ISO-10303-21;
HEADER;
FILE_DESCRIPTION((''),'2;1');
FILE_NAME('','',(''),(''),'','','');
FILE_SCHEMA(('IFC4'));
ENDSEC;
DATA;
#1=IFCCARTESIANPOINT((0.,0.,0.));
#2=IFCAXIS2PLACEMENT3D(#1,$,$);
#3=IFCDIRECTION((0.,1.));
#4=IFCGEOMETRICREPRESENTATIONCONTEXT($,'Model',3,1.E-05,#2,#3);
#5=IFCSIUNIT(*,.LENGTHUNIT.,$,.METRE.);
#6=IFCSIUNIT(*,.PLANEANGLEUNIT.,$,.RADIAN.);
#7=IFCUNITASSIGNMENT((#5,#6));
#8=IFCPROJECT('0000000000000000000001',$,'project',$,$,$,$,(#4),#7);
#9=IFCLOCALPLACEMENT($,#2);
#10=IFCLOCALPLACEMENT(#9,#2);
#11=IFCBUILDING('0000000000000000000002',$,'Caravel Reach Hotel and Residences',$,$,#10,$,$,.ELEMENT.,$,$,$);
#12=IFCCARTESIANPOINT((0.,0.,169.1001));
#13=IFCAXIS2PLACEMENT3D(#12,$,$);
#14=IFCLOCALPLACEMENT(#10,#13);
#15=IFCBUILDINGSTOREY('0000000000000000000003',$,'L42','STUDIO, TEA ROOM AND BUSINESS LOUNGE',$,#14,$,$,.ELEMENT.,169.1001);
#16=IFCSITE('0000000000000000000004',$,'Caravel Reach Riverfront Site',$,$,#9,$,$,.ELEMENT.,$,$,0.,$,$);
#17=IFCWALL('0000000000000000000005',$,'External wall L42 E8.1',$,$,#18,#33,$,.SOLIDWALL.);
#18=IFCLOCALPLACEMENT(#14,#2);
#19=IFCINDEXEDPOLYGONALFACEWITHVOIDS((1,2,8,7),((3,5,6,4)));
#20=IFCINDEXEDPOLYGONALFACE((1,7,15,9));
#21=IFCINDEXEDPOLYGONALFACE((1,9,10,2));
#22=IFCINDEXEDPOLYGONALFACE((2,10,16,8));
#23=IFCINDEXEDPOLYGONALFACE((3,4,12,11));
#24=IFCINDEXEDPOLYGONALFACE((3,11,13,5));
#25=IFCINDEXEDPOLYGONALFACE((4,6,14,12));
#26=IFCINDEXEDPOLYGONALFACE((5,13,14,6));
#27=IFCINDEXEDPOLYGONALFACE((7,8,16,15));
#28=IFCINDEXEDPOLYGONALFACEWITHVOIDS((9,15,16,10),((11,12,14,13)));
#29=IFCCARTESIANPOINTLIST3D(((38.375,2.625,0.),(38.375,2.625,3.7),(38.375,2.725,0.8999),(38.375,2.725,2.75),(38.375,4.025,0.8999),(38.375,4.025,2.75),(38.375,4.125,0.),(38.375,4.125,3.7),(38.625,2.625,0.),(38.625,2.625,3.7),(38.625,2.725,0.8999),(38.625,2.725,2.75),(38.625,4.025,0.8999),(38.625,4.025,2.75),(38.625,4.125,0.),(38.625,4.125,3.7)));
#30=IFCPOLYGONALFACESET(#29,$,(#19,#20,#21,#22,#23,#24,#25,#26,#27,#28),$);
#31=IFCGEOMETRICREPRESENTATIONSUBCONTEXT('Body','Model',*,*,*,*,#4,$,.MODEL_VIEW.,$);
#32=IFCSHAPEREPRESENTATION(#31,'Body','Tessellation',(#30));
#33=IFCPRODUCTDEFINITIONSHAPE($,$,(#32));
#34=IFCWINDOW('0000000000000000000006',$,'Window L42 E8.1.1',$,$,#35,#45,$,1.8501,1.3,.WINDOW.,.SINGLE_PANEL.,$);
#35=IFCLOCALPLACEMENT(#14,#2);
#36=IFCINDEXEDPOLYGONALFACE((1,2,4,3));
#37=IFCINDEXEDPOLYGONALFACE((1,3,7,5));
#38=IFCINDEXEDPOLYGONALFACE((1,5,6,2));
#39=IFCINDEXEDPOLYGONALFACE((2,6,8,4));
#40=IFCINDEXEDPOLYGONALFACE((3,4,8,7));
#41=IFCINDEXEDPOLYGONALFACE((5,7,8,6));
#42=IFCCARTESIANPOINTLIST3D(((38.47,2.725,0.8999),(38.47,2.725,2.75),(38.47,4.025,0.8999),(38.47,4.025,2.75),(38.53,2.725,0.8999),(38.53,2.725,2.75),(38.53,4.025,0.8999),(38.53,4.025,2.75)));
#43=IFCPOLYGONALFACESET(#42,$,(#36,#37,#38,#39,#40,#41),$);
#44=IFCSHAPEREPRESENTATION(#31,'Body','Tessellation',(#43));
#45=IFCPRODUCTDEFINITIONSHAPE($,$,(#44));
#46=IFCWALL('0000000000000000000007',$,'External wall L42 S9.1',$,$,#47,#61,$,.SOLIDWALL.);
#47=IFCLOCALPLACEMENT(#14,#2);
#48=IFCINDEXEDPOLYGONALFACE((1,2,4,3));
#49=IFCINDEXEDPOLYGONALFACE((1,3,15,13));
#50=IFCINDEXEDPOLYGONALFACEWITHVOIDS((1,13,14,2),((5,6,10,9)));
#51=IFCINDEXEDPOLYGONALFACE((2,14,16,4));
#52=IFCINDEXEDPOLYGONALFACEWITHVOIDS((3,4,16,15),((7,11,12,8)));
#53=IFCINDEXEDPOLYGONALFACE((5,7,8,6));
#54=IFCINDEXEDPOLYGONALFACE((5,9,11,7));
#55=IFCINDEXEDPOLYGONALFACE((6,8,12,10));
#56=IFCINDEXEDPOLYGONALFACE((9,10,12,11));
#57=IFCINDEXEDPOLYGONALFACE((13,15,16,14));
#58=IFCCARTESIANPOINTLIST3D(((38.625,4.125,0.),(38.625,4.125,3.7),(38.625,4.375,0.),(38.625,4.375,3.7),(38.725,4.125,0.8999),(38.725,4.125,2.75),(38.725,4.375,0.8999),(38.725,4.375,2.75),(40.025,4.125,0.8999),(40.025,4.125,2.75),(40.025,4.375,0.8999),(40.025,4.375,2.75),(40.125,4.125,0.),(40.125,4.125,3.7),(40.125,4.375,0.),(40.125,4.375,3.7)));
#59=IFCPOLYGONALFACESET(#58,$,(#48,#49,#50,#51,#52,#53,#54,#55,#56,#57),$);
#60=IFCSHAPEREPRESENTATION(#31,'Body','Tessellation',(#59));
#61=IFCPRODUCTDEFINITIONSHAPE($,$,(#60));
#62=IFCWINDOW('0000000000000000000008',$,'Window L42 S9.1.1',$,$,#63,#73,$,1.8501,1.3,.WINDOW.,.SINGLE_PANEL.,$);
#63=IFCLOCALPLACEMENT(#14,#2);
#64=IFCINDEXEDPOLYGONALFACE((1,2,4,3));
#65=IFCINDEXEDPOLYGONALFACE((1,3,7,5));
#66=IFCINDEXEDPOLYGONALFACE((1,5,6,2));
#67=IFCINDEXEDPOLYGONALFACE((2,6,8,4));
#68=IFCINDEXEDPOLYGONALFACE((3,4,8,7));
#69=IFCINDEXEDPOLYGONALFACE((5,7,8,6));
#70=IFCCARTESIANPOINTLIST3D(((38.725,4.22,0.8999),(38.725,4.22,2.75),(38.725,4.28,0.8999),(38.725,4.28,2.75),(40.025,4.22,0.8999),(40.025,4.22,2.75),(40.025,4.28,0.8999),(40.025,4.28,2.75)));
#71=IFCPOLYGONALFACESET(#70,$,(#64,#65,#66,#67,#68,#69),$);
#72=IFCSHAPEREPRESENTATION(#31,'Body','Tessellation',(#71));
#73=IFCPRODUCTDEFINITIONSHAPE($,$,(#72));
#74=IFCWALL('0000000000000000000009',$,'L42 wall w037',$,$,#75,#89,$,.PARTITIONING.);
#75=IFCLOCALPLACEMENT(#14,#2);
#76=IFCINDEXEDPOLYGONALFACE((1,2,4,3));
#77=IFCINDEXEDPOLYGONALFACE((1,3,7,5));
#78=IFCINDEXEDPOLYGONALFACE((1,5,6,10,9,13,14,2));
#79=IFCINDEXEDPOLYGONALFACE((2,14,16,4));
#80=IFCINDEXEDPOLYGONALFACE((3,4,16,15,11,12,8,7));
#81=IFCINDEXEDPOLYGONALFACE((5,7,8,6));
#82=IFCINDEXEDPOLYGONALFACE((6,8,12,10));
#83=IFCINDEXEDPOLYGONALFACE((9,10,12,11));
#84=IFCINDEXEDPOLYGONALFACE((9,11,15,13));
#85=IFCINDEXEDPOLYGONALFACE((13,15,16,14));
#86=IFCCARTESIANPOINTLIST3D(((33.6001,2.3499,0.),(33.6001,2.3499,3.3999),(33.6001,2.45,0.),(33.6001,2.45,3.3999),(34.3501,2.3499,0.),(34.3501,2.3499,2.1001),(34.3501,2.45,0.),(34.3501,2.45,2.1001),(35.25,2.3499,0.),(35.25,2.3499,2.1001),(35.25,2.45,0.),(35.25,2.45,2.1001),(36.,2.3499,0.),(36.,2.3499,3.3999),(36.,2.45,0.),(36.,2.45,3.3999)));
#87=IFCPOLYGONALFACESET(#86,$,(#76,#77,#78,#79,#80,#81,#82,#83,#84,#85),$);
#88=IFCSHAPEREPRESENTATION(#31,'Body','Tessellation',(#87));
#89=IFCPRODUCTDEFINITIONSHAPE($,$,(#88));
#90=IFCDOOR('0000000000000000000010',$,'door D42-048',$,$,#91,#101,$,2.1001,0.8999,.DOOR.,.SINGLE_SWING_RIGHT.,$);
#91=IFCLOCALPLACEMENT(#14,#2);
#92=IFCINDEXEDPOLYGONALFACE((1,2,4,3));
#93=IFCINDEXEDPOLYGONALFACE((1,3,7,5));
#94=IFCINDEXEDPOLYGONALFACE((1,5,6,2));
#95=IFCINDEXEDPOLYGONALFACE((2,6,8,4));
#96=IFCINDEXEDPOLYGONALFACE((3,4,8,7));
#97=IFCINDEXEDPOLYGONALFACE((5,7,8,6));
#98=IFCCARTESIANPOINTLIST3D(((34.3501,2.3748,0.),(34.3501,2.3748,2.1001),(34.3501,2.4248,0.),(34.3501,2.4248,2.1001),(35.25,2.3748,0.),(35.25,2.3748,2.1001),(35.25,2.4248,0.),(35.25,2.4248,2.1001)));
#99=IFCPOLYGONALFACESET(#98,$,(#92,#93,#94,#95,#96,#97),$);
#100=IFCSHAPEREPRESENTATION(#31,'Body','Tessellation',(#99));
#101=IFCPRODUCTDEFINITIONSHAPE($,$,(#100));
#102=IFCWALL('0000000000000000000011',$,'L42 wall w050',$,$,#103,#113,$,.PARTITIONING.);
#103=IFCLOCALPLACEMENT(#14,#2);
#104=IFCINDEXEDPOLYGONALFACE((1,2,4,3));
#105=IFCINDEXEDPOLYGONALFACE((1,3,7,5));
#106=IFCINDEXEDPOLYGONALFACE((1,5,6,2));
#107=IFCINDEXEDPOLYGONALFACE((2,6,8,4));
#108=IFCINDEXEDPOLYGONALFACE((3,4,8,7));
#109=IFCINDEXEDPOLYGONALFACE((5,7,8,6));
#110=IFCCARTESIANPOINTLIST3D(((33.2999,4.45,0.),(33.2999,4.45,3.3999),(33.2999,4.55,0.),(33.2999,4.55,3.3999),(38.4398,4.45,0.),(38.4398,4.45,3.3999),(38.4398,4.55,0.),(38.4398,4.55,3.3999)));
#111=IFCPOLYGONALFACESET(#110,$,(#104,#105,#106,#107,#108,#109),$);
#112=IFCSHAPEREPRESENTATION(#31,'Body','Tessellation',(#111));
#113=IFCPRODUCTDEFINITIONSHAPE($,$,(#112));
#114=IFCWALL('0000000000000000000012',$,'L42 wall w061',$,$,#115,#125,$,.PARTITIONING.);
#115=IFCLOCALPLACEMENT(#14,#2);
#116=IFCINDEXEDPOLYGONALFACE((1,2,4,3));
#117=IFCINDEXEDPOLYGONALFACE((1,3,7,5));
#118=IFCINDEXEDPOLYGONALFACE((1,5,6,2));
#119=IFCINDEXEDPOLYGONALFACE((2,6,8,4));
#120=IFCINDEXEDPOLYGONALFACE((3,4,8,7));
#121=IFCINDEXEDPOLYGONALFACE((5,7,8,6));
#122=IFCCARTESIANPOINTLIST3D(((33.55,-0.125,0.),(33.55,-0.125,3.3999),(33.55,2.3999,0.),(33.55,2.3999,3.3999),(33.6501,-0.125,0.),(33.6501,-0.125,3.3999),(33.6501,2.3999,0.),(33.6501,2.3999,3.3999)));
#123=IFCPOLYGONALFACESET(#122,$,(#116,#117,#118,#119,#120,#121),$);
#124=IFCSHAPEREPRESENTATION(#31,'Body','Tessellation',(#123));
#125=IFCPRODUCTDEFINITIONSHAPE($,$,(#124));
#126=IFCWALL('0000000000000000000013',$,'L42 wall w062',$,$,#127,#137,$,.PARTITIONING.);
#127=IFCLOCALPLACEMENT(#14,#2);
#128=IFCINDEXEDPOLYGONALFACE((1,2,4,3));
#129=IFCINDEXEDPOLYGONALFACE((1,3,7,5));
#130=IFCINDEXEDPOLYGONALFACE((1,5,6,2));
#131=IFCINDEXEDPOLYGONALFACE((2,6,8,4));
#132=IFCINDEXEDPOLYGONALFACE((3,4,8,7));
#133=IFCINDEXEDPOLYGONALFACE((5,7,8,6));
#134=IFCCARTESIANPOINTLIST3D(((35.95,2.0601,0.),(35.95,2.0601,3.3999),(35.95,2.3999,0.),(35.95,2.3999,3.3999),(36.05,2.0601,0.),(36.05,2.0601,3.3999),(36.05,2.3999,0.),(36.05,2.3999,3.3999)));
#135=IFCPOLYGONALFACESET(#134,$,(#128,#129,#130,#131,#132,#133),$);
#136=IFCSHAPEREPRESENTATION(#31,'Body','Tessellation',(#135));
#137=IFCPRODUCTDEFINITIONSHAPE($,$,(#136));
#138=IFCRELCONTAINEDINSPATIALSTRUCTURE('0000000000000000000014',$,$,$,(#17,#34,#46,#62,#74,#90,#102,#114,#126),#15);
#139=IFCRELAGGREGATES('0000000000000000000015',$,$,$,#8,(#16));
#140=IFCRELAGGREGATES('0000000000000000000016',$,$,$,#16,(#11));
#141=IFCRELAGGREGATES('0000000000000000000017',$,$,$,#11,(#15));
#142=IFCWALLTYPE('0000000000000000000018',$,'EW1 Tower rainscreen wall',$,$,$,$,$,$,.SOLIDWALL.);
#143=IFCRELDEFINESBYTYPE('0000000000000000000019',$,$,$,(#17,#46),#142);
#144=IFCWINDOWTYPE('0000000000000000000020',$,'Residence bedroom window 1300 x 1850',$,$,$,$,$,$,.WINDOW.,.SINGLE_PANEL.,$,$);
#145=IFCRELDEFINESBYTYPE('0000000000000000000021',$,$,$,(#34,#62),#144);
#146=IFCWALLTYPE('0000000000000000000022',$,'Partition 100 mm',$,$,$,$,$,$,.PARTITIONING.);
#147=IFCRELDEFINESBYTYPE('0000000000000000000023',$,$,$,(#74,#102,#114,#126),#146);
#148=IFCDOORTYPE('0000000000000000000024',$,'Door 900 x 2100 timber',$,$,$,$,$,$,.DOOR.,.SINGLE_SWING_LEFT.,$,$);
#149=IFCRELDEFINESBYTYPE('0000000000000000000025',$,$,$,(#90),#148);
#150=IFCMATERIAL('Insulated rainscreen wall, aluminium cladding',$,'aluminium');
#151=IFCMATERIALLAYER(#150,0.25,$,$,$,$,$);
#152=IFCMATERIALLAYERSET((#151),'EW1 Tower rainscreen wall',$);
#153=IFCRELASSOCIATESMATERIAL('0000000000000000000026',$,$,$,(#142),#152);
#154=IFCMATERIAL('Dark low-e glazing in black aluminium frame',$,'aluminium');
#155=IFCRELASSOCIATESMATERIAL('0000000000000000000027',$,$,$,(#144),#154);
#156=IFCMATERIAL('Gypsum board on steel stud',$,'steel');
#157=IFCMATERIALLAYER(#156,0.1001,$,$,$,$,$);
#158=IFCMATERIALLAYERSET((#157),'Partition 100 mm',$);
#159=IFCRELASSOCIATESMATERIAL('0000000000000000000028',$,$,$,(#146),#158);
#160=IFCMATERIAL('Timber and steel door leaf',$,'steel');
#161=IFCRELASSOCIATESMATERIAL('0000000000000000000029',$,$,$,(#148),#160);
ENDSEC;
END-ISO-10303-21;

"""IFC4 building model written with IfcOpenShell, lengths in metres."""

from ifc_helpers import new_model, si_unit, direction, frame, frame_2d, origin, place, context, subcontext, project, spatial, rectangle, extrude, material, layer, layer_set, type_object, element, fill, save


model = new_model("IFC4")

# Units and contexts
model_context = context("Model", 3, precision=1e-05, world=origin(), true_north=direction((0.0, 1.0)))
body_context = subcontext(model_context, "Body", "Model", "MODEL_VIEW")
ifc_project = project(units=[si_unit("LENGTHUNIT", "METRE"), si_unit("PLANEANGLEUNIT", "RADIAN")], contexts=[model_context])

# Site, building, storey
site_placement = place(None, origin())
site = spatial("IfcSite", under=ifc_project, at=site_placement, Name="Caravel Reach Riverfront Site", CompositionType="ELEMENT", RefElevation=0.0)
building_placement = place(site_placement, origin())
building = spatial("IfcBuilding", under=site, at=building_placement, Name="Caravel Reach Hotel and Residences", CompositionType="ELEMENT")
storey_placement = place(building_placement, frame((0.0, 0.0, 169.1001)))
storey = spatial("IfcBuildingStorey", under=building, at=storey_placement, Name="L42", Description="STUDIO, TEA ROOM AND BUSINESS LOUNGE", CompositionType="ELEMENT", Elevation=169.1001)

# Walls, openings, windows
ifc_material_1 = material(Name="Insulated rainscreen wall, aluminium cladding", Category="aluminium")
ifc_layer_1 = layer(ifc_material_1, 0.25)
ifc_layer_set_1 = layer_set([ifc_layer_1], Name="EW1 Tower rainscreen wall")
wall_type_1 = type_object("IfcWallType", Name="EW1 Tower rainscreen wall", PredefinedType="SOLIDWALL", material=ifc_layer_set_1)
ifc_material_2 = material(Name="Dark low-e glazing in black aluminium frame", Category="aluminium")
window_type = type_object("IfcWindowType", Name="Residence bedroom window 1300 x 1850", PartitioningType="SINGLE_PANEL", PredefinedType="WINDOW", material=ifc_material_2)
wall_1_placement = place(storey_placement, frame((38.5, 2.625, 0.0), z_axis=(0.0, 0.0, 1.0), x_axis=(0.0, 1.0, 0.0)))
wall_1 = element("IfcWall", 1, at=wall_1_placement, inside=storey, type_object=wall_type_1, Name="External wall L42 E8.1", PredefinedType="SOLIDWALL", context=body_context, shape_type="SweptSolid", body=[
    extrude(rectangle(XDim=1.5, YDim=0.25, at=frame_2d((0.75, 0.0))), origin(), (0.0, 0.0, 1.0), 3.7),
])
opening_1_placement = place(wall_1_placement, frame((0.1001, 0.0, 0.8999)))
opening_1 = element("IfcOpeningElement", 2, at=opening_1_placement, cuts=wall_1, PredefinedType="OPENING", context=body_context, shape_type="SweptSolid", body=[
    extrude(rectangle(XDim=1.3, YDim=1.8501, at=frame_2d((0.6499, 0.925))), frame((0.0, 0.135, 0.0), z_axis=(0.0, -1.0, 0.0), x_axis=(1.0, 0.0, 0.0)), (0.0, 0.0, 1.0), 0.27),
])
window_1_placement = place(opening_1_placement, origin())
window_1 = element("IfcWindow", 3, at=window_1_placement, inside=storey, type_object=window_type, Name="Window L42 E8.1.1", OverallHeight=1.8501, OverallWidth=1.3, PartitioningType="SINGLE_PANEL", PredefinedType="WINDOW", context=body_context, shape_type="SweptSolid", body=[
    extrude(rectangle(XDim=1.3, YDim=1.8501, at=frame_2d((0.6499, 0.925))), frame((0.0, 0.03, 0.0), z_axis=(0.0, -1.0, 0.0), x_axis=(1.0, 0.0, 0.0)), (0.0, 0.0, 1.0), 0.0601),
])
fill(opening_1, window_1)
wall_2_placement = place(storey_placement, frame((38.625, 4.25, 0.0), z_axis=(0.0, 0.0, 1.0), x_axis=(1.0, 0.0, 0.0)))
wall_2 = element("IfcWall", 4, at=wall_2_placement, inside=storey, type_object=wall_type_1, Name="External wall L42 S9.1", PredefinedType="SOLIDWALL", context=body_context, shape_type="SweptSolid", body=[
    extrude(rectangle(XDim=1.5, YDim=0.25, at=frame_2d((0.75, 0.0))), origin(), (0.0, 0.0, 1.0), 3.7),
])
opening_2_placement = place(wall_2_placement, frame((0.1001, 0.0, 0.8999)))
opening_2 = element("IfcOpeningElement", 5, at=opening_2_placement, cuts=wall_2, PredefinedType="OPENING", context=body_context, shape_type="SweptSolid", body=[
    extrude(rectangle(XDim=1.3, YDim=1.8501, at=frame_2d((0.6499, 0.925))), frame((0.0, 0.135, 0.0), z_axis=(0.0, -1.0, 0.0), x_axis=(1.0, 0.0, 0.0)), (0.0, 0.0, 1.0), 0.27),
])
window_2_placement = place(opening_2_placement, origin())
window_2 = element("IfcWindow", 6, at=window_2_placement, inside=storey, type_object=window_type, Name="Window L42 S9.1.1", OverallHeight=1.8501, OverallWidth=1.3, PartitioningType="SINGLE_PANEL", PredefinedType="WINDOW", context=body_context, shape_type="SweptSolid", body=[
    extrude(rectangle(XDim=1.3, YDim=1.8501, at=frame_2d((0.6499, 0.925))), frame((0.0, 0.03, 0.0), z_axis=(0.0, -1.0, 0.0), x_axis=(1.0, 0.0, 0.0)), (0.0, 0.0, 1.0), 0.0601),
])
fill(opening_2, window_2)

# Wall, opening, door
ifc_material_3 = material(Name="Gypsum board on steel stud", Category="steel")
ifc_layer_2 = layer(ifc_material_3, 0.1001)
ifc_layer_set_2 = layer_set([ifc_layer_2], Name="Partition 100 mm")
wall_type_2 = type_object("IfcWallType", Name="Partition 100 mm", PredefinedType="PARTITIONING", material=ifc_layer_set_2)
wall_3_placement = place(storey_placement, frame((33.6001, 2.3999, 0.0), z_axis=(0.0, 0.0, 1.0), x_axis=(1.0, 0.0, 0.0)))
wall_3 = element("IfcWall", 7, at=wall_3_placement, inside=storey, type_object=wall_type_2, Name="L42 wall w037", PredefinedType="PARTITIONING", context=body_context, shape_type="SweptSolid", body=[
    extrude(rectangle(XDim=2.3999, YDim=0.1001, at=frame_2d((1.2, 0.0))), origin(), (0.0, 0.0, 1.0), 3.3999),
])
opening_3_placement = place(wall_3_placement, frame((0.75, 0.0, 0.0)))
opening_3 = element("IfcOpeningElement", 8, at=opening_3_placement, cuts=wall_3, PredefinedType="OPENING", context=body_context, shape_type="SweptSolid", body=[
    extrude(rectangle(XDim=0.8999, YDim=2.1001, at=frame_2d((0.45, 1.05))), frame((0.0, 0.0601, 0.0), z_axis=(0.0, -1.0, 0.0), x_axis=(1.0, 0.0, 0.0)), (0.0, 0.0, 1.0), 0.1201),
])
ifc_material_4 = material(Name="Timber and steel door leaf", Category="steel")
door_type_1 = type_object("IfcDoorType", Name="Door 900 x 2100 timber", OperationType="SINGLE_SWING_LEFT", PredefinedType="DOOR", material=ifc_material_4)
door_1_placement = place(opening_3_placement, origin())
door_1 = element("IfcDoor", 9, at=door_1_placement, inside=storey, type_object=door_type_1, Name="door D42-048", OperationType="SINGLE_SWING_RIGHT", OverallHeight=2.1001, OverallWidth=0.8999, PredefinedType="DOOR", context=body_context, shape_type="SweptSolid", body=[
    extrude(rectangle(XDim=0.8999, YDim=2.1001, at=frame_2d((0.45, 1.05))), frame((0.0, 0.0249, 0.0), z_axis=(0.0, -1.0, 0.0), x_axis=(1.0, 0.0, 0.0)), (0.0, 0.0, 1.0), 0.05),
])
fill(opening_3, door_1)

# Walls
wall_4_placement = place(storey_placement, frame((33.3, 4.5, 0.0), z_axis=(0.0, 0.0, 1.0), x_axis=(1.0, 0.0, 0.0)))
element("IfcWall", 10, at=wall_4_placement, inside=storey, type_object=wall_type_2, Name="L42 wall w050", PredefinedType="PARTITIONING", context=body_context, shape_type="SweptSolid", body=[
    extrude(rectangle(XDim=5.1399, YDim=0.1001, at=frame_2d((2.5698, 0.0))), origin(), (0.0, 0.0, 1.0), 3.3999),
])
wall_5_placement = place(storey_placement, frame((33.6001, -0.125, 0.0), z_axis=(0.0, 0.0, 1.0), x_axis=(0.0, 1.0, 0.0)))
element("IfcWall", 11, at=wall_5_placement, inside=storey, type_object=wall_type_2, Name="L42 wall w061", PredefinedType="PARTITIONING", context=body_context, shape_type="SweptSolid", body=[
    extrude(rectangle(XDim=2.5249, YDim=0.1001, at=frame_2d((1.2625, 0.0))), origin(), (0.0, 0.0, 1.0), 3.3999),
])
wall_6_placement = place(storey_placement, frame((36.0, 2.0601, 0.0), z_axis=(0.0, 0.0, 1.0), x_axis=(0.0, 1.0, 0.0)))
element("IfcWall", 12, at=wall_6_placement, inside=storey, type_object=wall_type_2, Name="L42 wall w062", PredefinedType="PARTITIONING", context=body_context, shape_type="SweptSolid", body=[
    extrude(rectangle(XDim=0.3398, YDim=0.1001, at=frame_2d((0.1699, 0.0))), origin(), (0.0, 0.0, 1.0), 3.3999),
])

save(model, "model.ifc")
